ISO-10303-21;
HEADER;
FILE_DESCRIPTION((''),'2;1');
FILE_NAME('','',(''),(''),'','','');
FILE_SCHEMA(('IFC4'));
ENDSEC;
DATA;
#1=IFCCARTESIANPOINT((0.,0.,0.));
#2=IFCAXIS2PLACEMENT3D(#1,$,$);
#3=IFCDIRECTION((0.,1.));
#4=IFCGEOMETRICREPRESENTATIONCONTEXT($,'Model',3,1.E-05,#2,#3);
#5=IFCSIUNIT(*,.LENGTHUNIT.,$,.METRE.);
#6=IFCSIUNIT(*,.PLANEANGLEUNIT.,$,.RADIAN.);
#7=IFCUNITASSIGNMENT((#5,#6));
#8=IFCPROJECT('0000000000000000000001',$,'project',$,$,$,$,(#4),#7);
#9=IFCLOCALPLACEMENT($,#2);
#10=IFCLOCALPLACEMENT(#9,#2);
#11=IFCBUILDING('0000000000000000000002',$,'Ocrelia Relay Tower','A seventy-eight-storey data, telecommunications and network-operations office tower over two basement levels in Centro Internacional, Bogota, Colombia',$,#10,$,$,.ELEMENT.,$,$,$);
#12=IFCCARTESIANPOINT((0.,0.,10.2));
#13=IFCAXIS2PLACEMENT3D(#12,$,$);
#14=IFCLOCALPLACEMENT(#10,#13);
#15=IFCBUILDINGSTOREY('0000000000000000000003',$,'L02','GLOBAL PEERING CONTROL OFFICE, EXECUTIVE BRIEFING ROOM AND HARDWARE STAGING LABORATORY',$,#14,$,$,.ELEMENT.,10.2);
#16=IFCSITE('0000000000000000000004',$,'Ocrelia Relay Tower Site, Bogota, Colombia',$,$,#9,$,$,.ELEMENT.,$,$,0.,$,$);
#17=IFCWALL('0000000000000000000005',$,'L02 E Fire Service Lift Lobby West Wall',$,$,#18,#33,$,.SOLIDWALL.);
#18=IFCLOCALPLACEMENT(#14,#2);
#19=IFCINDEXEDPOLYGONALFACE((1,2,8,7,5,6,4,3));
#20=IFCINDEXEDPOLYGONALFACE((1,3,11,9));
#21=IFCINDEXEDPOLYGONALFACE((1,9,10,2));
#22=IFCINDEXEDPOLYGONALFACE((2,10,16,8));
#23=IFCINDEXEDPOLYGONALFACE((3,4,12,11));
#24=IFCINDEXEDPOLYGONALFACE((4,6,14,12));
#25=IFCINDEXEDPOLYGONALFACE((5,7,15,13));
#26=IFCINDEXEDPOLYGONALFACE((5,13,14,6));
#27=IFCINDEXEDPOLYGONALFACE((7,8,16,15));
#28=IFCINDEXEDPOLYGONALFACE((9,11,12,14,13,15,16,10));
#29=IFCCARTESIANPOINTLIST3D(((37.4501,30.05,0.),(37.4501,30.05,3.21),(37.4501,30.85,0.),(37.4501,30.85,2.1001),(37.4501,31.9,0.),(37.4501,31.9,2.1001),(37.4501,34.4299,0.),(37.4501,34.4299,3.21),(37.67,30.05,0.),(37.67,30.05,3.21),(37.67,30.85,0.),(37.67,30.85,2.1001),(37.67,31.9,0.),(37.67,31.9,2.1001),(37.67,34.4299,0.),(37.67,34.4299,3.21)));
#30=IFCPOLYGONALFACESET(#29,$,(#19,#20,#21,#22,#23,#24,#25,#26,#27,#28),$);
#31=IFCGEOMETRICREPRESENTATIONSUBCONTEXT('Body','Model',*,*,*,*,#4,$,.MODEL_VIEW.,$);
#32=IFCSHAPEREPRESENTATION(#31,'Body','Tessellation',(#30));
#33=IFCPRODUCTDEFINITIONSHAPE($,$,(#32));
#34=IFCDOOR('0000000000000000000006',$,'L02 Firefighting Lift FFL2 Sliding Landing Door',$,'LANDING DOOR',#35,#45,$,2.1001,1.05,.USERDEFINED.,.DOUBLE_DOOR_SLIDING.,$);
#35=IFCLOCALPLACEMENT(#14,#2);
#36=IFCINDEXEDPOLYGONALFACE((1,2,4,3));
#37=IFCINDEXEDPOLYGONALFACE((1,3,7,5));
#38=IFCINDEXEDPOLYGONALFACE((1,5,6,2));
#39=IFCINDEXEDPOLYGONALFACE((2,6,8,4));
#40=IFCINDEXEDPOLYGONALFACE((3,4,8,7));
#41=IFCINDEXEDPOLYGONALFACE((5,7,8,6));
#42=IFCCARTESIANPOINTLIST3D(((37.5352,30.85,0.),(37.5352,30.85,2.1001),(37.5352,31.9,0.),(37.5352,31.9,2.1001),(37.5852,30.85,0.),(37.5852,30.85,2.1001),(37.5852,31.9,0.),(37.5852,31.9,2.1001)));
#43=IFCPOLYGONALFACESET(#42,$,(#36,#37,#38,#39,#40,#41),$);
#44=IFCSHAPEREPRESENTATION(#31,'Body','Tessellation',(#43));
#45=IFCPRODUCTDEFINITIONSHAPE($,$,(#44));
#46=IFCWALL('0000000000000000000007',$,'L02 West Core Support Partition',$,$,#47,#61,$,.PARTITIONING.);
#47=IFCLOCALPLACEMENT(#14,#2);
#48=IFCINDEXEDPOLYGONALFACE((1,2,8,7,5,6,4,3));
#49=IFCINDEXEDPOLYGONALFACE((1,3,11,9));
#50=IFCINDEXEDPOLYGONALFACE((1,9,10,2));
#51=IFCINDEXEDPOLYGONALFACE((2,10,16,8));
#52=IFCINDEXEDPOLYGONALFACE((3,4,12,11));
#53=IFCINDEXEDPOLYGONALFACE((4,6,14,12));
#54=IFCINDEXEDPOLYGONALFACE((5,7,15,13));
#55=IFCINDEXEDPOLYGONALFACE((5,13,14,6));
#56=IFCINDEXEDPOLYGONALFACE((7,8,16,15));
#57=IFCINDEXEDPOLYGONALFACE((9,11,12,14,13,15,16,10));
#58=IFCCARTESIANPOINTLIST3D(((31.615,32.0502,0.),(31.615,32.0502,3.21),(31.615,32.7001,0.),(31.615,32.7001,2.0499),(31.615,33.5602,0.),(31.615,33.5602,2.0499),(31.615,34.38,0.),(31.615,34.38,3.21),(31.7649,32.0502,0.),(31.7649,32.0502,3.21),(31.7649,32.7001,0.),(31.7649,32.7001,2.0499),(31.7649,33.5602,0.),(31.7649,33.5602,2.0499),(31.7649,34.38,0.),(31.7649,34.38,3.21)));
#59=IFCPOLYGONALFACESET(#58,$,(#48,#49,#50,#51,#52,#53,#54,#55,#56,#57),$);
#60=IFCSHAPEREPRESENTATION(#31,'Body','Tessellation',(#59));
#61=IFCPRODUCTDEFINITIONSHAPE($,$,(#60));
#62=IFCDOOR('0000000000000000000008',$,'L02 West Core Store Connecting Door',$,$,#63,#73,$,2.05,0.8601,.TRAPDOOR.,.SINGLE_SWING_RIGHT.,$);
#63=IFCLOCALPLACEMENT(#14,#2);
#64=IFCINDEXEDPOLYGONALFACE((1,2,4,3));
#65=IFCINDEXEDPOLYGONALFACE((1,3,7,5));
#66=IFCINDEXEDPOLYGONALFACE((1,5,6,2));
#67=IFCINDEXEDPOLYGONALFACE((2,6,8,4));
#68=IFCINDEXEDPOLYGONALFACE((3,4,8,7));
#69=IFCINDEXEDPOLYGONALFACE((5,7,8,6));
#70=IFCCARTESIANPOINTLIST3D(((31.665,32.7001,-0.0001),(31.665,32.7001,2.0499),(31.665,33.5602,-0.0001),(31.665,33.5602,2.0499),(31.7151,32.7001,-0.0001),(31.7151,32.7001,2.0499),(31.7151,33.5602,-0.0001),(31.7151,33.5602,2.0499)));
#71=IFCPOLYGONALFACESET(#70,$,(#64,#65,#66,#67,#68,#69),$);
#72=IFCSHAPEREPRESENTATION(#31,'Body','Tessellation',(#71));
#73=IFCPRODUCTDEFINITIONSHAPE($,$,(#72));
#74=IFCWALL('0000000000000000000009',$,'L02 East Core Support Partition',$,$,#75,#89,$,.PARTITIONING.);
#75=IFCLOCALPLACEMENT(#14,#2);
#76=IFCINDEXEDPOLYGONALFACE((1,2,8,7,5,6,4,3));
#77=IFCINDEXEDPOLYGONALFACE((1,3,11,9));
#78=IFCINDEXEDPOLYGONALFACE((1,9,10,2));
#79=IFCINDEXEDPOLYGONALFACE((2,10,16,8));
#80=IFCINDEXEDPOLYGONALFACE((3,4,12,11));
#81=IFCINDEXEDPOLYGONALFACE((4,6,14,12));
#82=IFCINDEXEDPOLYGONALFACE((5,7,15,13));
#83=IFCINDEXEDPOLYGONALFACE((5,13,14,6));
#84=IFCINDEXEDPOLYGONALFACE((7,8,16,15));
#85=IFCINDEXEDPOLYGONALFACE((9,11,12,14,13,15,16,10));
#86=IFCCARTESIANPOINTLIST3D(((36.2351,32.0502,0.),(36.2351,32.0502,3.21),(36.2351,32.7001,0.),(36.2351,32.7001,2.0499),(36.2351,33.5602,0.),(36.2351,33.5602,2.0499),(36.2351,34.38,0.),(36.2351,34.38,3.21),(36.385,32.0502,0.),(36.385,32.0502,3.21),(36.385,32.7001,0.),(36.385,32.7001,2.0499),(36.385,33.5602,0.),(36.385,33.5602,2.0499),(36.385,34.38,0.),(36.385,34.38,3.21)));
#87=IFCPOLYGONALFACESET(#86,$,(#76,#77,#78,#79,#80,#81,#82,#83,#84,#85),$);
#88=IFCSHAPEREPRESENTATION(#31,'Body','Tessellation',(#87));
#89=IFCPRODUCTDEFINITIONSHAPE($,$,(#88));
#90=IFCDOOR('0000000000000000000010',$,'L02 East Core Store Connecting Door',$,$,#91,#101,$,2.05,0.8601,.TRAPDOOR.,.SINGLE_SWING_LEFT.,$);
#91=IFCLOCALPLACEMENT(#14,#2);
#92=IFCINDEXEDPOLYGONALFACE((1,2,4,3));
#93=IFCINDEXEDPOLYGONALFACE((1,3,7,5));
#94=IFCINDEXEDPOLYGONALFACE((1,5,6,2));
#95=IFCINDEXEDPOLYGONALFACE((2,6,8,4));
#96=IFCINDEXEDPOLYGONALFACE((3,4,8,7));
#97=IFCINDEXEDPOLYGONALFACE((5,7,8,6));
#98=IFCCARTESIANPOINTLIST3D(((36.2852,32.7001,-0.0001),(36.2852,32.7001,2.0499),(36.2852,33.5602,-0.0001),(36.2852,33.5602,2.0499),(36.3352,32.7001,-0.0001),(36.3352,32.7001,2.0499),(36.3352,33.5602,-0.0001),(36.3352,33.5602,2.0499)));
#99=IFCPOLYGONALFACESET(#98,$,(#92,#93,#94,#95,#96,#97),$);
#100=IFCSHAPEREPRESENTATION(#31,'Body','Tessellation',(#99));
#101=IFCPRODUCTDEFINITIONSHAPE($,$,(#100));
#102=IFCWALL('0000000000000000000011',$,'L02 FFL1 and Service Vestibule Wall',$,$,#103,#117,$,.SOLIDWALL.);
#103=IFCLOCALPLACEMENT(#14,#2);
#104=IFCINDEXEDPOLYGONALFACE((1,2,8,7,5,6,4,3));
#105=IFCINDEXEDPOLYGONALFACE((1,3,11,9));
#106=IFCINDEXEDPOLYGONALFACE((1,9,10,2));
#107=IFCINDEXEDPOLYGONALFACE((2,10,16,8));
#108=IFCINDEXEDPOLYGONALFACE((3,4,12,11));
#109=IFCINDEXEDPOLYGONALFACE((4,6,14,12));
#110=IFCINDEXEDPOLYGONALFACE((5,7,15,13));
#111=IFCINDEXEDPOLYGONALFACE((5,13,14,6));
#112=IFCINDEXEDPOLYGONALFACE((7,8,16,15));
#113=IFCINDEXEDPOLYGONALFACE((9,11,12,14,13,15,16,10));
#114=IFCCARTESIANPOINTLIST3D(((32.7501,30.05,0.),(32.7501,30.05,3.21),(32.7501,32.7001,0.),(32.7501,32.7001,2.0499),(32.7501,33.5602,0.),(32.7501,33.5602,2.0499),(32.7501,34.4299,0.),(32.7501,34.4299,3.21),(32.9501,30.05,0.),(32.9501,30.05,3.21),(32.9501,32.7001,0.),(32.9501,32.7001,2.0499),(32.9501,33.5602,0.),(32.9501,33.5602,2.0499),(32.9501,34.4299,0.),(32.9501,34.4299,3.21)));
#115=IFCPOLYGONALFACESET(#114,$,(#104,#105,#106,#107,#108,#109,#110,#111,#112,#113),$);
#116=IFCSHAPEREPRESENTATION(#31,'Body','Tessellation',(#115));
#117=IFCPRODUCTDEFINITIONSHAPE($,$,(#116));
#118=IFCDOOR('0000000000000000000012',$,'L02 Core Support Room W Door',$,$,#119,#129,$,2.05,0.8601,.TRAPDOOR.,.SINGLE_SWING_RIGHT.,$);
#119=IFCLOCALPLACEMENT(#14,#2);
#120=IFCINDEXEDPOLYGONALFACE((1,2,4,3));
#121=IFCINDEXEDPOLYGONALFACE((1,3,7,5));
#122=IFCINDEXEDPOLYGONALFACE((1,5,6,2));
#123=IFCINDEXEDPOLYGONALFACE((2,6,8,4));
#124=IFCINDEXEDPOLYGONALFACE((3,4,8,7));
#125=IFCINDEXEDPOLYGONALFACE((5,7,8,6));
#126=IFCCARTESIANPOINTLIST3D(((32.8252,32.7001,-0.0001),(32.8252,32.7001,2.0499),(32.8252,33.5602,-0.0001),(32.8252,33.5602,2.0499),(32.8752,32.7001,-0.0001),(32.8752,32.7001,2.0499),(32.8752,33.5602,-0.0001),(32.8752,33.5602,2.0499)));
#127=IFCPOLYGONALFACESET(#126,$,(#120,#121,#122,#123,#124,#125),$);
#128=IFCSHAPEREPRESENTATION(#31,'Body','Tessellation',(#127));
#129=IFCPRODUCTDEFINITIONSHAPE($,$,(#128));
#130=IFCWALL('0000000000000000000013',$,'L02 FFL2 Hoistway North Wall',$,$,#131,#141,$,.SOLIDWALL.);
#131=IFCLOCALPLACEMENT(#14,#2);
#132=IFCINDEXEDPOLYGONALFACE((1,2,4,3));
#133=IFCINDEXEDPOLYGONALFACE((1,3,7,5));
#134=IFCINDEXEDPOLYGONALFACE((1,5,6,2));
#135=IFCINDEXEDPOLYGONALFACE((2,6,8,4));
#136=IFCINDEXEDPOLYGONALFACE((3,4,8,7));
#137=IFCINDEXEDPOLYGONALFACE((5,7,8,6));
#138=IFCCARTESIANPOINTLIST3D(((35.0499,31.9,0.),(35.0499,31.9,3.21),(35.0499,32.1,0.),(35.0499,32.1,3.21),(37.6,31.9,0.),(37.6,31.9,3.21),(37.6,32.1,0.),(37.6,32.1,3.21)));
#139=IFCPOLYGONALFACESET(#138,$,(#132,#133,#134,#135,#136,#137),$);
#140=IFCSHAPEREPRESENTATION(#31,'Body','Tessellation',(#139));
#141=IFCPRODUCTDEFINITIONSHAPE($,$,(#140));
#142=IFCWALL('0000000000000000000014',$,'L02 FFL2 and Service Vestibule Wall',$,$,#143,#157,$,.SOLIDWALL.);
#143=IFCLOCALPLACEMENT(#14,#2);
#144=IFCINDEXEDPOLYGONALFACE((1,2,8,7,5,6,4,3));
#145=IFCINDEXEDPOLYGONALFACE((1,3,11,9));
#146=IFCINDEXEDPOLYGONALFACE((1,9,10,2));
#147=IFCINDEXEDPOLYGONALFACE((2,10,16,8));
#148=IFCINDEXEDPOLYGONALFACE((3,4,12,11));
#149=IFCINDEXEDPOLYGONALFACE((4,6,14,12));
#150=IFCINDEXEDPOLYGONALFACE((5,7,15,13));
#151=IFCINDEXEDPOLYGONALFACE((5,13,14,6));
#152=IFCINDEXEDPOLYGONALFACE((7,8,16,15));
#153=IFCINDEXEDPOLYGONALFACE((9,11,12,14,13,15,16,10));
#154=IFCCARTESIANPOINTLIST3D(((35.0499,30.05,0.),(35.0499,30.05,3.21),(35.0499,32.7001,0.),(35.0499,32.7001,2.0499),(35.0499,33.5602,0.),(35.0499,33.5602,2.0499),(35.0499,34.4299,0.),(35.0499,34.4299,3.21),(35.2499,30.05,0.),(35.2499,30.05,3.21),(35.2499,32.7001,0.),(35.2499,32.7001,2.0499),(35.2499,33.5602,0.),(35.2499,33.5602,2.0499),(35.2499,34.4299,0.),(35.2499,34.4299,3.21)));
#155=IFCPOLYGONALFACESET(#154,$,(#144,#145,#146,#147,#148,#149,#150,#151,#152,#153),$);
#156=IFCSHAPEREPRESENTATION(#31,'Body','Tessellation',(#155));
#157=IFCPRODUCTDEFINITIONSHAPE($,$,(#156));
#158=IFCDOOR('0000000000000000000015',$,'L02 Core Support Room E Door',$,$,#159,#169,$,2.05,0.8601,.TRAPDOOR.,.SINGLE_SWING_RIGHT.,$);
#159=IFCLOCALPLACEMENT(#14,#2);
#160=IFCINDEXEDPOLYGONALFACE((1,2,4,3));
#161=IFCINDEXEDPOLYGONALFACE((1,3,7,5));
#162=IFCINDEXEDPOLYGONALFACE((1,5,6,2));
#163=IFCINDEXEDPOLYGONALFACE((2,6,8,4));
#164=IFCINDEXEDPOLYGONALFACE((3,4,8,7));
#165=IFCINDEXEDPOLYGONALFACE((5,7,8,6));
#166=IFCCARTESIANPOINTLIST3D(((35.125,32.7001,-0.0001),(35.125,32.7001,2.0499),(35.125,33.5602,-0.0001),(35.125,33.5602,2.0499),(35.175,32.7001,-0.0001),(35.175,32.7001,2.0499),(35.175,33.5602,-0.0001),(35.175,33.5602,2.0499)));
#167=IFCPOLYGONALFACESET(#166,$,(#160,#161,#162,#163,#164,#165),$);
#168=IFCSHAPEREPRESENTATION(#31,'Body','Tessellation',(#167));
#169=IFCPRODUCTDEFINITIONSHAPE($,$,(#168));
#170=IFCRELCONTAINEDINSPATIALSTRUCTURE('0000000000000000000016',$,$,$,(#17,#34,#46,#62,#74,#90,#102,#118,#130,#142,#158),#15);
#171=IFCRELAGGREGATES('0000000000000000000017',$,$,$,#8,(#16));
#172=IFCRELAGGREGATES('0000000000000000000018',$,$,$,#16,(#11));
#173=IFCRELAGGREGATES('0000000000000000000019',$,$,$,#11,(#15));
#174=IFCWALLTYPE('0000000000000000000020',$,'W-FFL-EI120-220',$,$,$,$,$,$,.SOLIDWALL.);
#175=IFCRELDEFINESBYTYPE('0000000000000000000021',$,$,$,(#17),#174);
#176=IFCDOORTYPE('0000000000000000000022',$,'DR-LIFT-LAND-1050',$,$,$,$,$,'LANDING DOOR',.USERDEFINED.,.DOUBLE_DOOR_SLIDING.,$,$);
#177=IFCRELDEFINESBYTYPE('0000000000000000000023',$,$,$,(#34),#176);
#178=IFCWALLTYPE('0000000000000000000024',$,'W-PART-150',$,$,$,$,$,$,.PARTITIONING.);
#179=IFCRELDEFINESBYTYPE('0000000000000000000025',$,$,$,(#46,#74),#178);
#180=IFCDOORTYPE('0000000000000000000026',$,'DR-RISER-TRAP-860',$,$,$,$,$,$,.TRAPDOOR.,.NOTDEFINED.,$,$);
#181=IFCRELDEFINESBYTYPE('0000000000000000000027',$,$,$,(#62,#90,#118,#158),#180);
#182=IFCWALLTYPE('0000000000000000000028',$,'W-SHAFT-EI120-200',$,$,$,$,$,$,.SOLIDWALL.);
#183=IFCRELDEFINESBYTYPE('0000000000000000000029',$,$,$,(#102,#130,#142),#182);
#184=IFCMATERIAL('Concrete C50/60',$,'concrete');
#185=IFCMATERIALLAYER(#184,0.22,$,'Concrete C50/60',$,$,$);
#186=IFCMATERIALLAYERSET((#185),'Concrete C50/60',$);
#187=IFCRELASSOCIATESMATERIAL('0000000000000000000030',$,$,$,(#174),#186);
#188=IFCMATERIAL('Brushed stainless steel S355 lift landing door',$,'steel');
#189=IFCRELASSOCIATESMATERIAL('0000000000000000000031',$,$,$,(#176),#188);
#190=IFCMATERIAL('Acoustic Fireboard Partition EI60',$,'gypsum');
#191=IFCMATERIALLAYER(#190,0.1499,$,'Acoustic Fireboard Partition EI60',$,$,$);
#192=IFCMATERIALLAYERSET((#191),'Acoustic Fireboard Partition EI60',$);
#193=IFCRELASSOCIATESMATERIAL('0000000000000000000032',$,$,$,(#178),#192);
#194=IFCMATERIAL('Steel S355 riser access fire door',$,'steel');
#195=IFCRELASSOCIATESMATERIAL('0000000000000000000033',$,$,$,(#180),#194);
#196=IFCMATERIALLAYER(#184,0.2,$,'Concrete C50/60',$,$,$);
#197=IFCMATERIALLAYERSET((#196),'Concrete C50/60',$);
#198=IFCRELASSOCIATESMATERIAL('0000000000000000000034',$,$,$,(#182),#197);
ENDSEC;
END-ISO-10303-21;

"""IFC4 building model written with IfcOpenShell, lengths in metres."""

from ifc_helpers import new_model, si_unit, direction, frame, frame_2d, origin, place, context, subcontext, project, spatial, rectangle, extrude, material, layer, layer_set, type_object, element, fill, save


model = new_model("IFC4")

# Units and contexts
model_context = context("Model", 3, precision=1e-05, world=origin(), true_north=direction((0.0, 1.0)))
body_context = subcontext(model_context, "Body", "Model", "MODEL_VIEW")
ifc_project = project(units=[si_unit("LENGTHUNIT", "METRE"), si_unit("PLANEANGLEUNIT", "RADIAN")], contexts=[model_context])

# Site, building, storey
site_placement = place(None, origin())
site = spatial("IfcSite", under=ifc_project, at=site_placement, Name="Ocrelia Relay Tower Site, Bogota, Colombia", CompositionType="ELEMENT", RefElevation=0.0)
building_placement = place(site_placement, origin())
building = spatial("IfcBuilding", under=site, at=building_placement, Name="Ocrelia Relay Tower", Description="A seventy-eight-storey data, telecommunications and network-operations office tower over two basement levels in Centro Internacional, Bogota, Colombia", CompositionType="ELEMENT")
storey_placement = place(building_placement, frame((0.0, 0.0, 10.2)))
storey = spatial("IfcBuildingStorey", under=building, at=storey_placement, Name="L02", Description="GLOBAL PEERING CONTROL OFFICE, EXECUTIVE BRIEFING ROOM AND HARDWARE STAGING LABORATORY", CompositionType="ELEMENT", Elevation=10.2)

# Walls, openings, doors
ifc_material_1 = material(Name="Concrete C50/60", Category="concrete")
ifc_layer_1 = layer(ifc_material_1, 0.22, Name="Concrete C50/60")
ifc_layer_set_1 = layer_set([ifc_layer_1], Name="Concrete C50/60")
wall_type_1 = type_object("IfcWallType", Name="W-FFL-EI120-220", PredefinedType="SOLIDWALL", material=ifc_layer_set_1)
wall_1_placement = place(storey_placement, frame((37.5601, 30.05, 0.0), z_axis=(0.0, 0.0, 1.0), x_axis=(0.0, 1.0, 0.0)))
wall_1 = element("IfcWall", 1, at=wall_1_placement, inside=storey, type_object=wall_type_1, Name="L02 E Fire Service Lift Lobby West Wall", PredefinedType="SOLIDWALL", context=body_context, shape_type="SweptSolid", body=[
    extrude(rectangle(XDim=4.3799, YDim=0.22, at=frame_2d((2.1899, 0.0))), origin(), (0.0, 0.0, 1.0), 3.21),
])
opening_1_placement = place(wall_1_placement, frame((0.8, 0.0, 0.0)))
opening_1 = element("IfcOpeningElement", 2, at=opening_1_placement, cuts=wall_1, PredefinedType="OPENING", context=body_context, shape_type="SweptSolid", body=[
    extrude(rectangle(XDim=1.05, YDim=2.1001, at=frame_2d((0.5249, 1.05))), frame((0.0, 0.1201, 0.0), z_axis=(0.0, -1.0, 0.0), x_axis=(1.0, 0.0, 0.0)), (0.0, 0.0, 1.0), 0.24),
])
ifc_material_2 = material(Name="Brushed stainless steel S355 lift landing door", Category="steel")
door_type_1 = type_object("IfcDoorType", Name="DR-LIFT-LAND-1050", ElementType="LANDING DOOR", OperationType="DOUBLE_DOOR_SLIDING", PredefinedType="USERDEFINED", material=ifc_material_2)
door_1_placement = place(opening_1_placement, origin())
door_1 = element("IfcDoor", 3, at=door_1_placement, inside=storey, type_object=door_type_1, Name="L02 Firefighting Lift FFL2 Sliding Landing Door", ObjectType="LANDING DOOR", OperationType="DOUBLE_DOOR_SLIDING", OverallHeight=2.1001, OverallWidth=1.05, PredefinedType="USERDEFINED", context=body_context, shape_type="SweptSolid", body=[
    extrude(rectangle(XDim=1.05, YDim=2.1001, at=frame_2d((0.5249, 1.05))), frame((0.0, 0.0249, 0.0), z_axis=(0.0, -1.0, 0.0), x_axis=(1.0, 0.0, 0.0)), (0.0, 0.0, 1.0), 0.05),
])
fill(opening_1, door_1)
ifc_material_3 = material(Name="Acoustic Fireboard Partition EI60", Category="gypsum")
ifc_layer_2 = layer(ifc_material_3, 0.1499, Name="Acoustic Fireboard Partition EI60")
ifc_layer_set_2 = layer_set([ifc_layer_2], Name="Acoustic Fireboard Partition EI60")
wall_type_2 = type_object("IfcWallType", Name="W-PART-150", PredefinedType="PARTITIONING", material=ifc_layer_set_2)
wall_2_placement = place(storey_placement, frame((31.6899, 32.05, 0.0), z_axis=(0.0, 0.0, 1.0), x_axis=(0.0, 1.0, 0.0)))
wall_2 = element("IfcWall", 4, at=wall_2_placement, inside=storey, type_object=wall_type_2, Name="L02 West Core Support Partition", PredefinedType="PARTITIONING", context=body_context, shape_type="SweptSolid", body=[
    extrude(rectangle(XDim=2.3298, YDim=0.1499, at=frame_2d((1.165, 0.0))), origin(), (0.0, 0.0, 1.0), 3.21),
])
opening_2_placement = place(wall_2_placement, frame((0.6499, 0.0, 0.0)))
opening_2 = element("IfcOpeningElement", 5, at=opening_2_placement, cuts=wall_2, PredefinedType="OPENING", context=body_context, shape_type="SweptSolid", body=[
    extrude(rectangle(XDim=0.8601, YDim=2.05, at=frame_2d((0.4302, 1.0249))), frame((0.0, 0.085, 0.0), z_axis=(0.0, -1.0, 0.0), x_axis=(1.0, 0.0, 0.0)), (0.0, 0.0, 1.0), 0.1699),
])
ifc_material_4 = material(Name="Steel S355 riser access fire door", Category="steel")
door_type_2 = type_object("IfcDoorType", Name="DR-RISER-TRAP-860", OperationType="NOTDEFINED", PredefinedType="TRAPDOOR", material=ifc_material_4)
door_2_placement = place(opening_2_placement, origin())
door_2 = element("IfcDoor", 6, at=door_2_placement, inside=storey, type_object=door_type_2, Name="L02 West Core Store Connecting Door", OperationType="SINGLE_SWING_RIGHT", OverallHeight=2.05, OverallWidth=0.8601, PredefinedType="TRAPDOOR", context=body_context, shape_type="SweptSolid", body=[
    extrude(rectangle(XDim=0.8601, YDim=2.05, at=frame_2d((0.4302, 1.0249))), frame((0.0, 0.0249, 0.0), z_axis=(0.0, -1.0, 0.0), x_axis=(1.0, 0.0, 0.0)), (0.0, 0.0, 1.0), 0.05),
])
fill(opening_2, door_2)
wall_3_placement = place(storey_placement, frame((36.3101, 32.05, 0.0), z_axis=(0.0, 0.0, 1.0), x_axis=(0.0, 1.0, 0.0)))
wall_3 = element("IfcWall", 7, at=wall_3_placement, inside=storey, type_object=wall_type_2, Name="L02 East Core Support Partition", PredefinedType="PARTITIONING", context=body_context, shape_type="SweptSolid", body=[
    extrude(rectangle(XDim=2.3298, YDim=0.1499, at=frame_2d((1.165, 0.0))), origin(), (0.0, 0.0, 1.0), 3.21),
])
opening_3_placement = place(wall_3_placement, frame((0.6499, 0.0, 0.0)))
opening_3 = element("IfcOpeningElement", 8, at=opening_3_placement, cuts=wall_3, PredefinedType="OPENING", context=body_context, shape_type="SweptSolid", body=[
    extrude(rectangle(XDim=0.8601, YDim=2.05, at=frame_2d((0.4302, 1.0249))), frame((0.0, 0.085, 0.0), z_axis=(0.0, -1.0, 0.0), x_axis=(1.0, 0.0, 0.0)), (0.0, 0.0, 1.0), 0.1699),
])
door_3_placement = place(opening_3_placement, origin())
door_3 = element("IfcDoor", 9, at=door_3_placement, inside=storey, type_object=door_type_2, Name="L02 East Core Store Connecting Door", OperationType="SINGLE_SWING_LEFT", OverallHeight=2.05, OverallWidth=0.8601, PredefinedType="TRAPDOOR", context=body_context, shape_type="SweptSolid", body=[
    extrude(rectangle(XDim=0.8601, YDim=2.05, at=frame_2d((0.4302, 1.0249))), frame((0.0, 0.0249, 0.0), z_axis=(0.0, -1.0, 0.0), x_axis=(1.0, 0.0, 0.0)), (0.0, 0.0, 1.0), 0.05),
])
fill(opening_3, door_3)
ifc_layer_3 = layer(ifc_material_1, 0.2, Name="Concrete C50/60")
ifc_layer_set_3 = layer_set([ifc_layer_3], Name="Concrete C50/60")
wall_type_3 = type_object("IfcWallType", Name="W-SHAFT-EI120-200", PredefinedType="SOLIDWALL", material=ifc_layer_set_3)
wall_4_placement = place(storey_placement, frame((32.8501, 30.05, 0.0), z_axis=(0.0, 0.0, 1.0), x_axis=(0.0, 1.0, 0.0)))
wall_4 = element("IfcWall", 10, at=wall_4_placement, inside=storey, type_object=wall_type_3, Name="L02 FFL1 and Service Vestibule Wall", PredefinedType="SOLIDWALL", context=body_context, shape_type="SweptSolid", body=[
    extrude(rectangle(XDim=4.3799, YDim=0.2, at=frame_2d((2.1899, 0.0))), origin(), (0.0, 0.0, 1.0), 3.21),
])
opening_4_placement = place(wall_4_placement, frame((2.6499, 0.0, 0.0)))
opening_4 = element("IfcOpeningElement", 11, at=opening_4_placement, cuts=wall_4, PredefinedType="OPENING", context=body_context, shape_type="SweptSolid", body=[
    extrude(rectangle(XDim=0.8601, YDim=2.05, at=frame_2d((0.4302, 1.0249))), frame((0.0, 0.1099, 0.0), z_axis=(0.0, -1.0, 0.0), x_axis=(1.0, 0.0, 0.0)), (0.0, 0.0, 1.0), 0.22),
])
door_4_placement = place(opening_4_placement, origin())
door_4 = element("IfcDoor", 12, at=door_4_placement, inside=storey, type_object=door_type_2, Name="L02 Core Support Room W Door", OperationType="SINGLE_SWING_RIGHT", OverallHeight=2.05, OverallWidth=0.8601, PredefinedType="TRAPDOOR", context=body_context, shape_type="SweptSolid", body=[
    extrude(rectangle(XDim=0.8601, YDim=2.05, at=frame_2d((0.4302, 1.0249))), frame((0.0, 0.0249, 0.0), z_axis=(0.0, -1.0, 0.0), x_axis=(1.0, 0.0, 0.0)), (0.0, 0.0, 1.0), 0.05),
])
fill(opening_4, door_4)

# Wall
wall_5_placement = place(storey_placement, frame((35.05, 32.0, 0.0), z_axis=(0.0, 0.0, 1.0), x_axis=(1.0, 0.0, 0.0)))
element("IfcWall", 13, at=wall_5_placement, inside=storey, type_object=wall_type_3, Name="L02 FFL2 Hoistway North Wall", PredefinedType="SOLIDWALL", context=body_context, shape_type="SweptSolid", body=[
    extrude(rectangle(XDim=2.55, YDim=0.2, at=frame_2d((1.2749, 0.0))), origin(), (0.0, 0.0, 1.0), 3.21),
])

# Wall, opening, door
wall_6_placement = place(storey_placement, frame((35.1499, 30.05, 0.0), z_axis=(0.0, 0.0, 1.0), x_axis=(0.0, 1.0, 0.0)))
wall_6 = element("IfcWall", 14, at=wall_6_placement, inside=storey, type_object=wall_type_3, Name="L02 FFL2 and Service Vestibule Wall", PredefinedType="SOLIDWALL", context=body_context, shape_type="SweptSolid", body=[
    extrude(rectangle(XDim=4.3799, YDim=0.2, at=frame_2d((2.1899, 0.0))), origin(), (0.0, 0.0, 1.0), 3.21),
])
opening_5_placement = place(wall_6_placement, frame((2.6499, 0.0, 0.0)))
opening_5 = element("IfcOpeningElement", 15, at=opening_5_placement, cuts=wall_6, PredefinedType="OPENING", context=body_context, shape_type="SweptSolid", body=[
    extrude(rectangle(XDim=0.8601, YDim=2.05, at=frame_2d((0.4302, 1.0249))), frame((0.0, 0.1099, 0.0), z_axis=(0.0, -1.0, 0.0), x_axis=(1.0, 0.0, 0.0)), (0.0, 0.0, 1.0), 0.22),
])
door_5_placement = place(opening_5_placement, origin())
door_5 = element("IfcDoor", 16, at=door_5_placement, inside=storey, type_object=door_type_2, Name="L02 Core Support Room E Door", OperationType="SINGLE_SWING_RIGHT", OverallHeight=2.05, OverallWidth=0.8601, PredefinedType="TRAPDOOR", context=body_context, shape_type="SweptSolid", body=[
    extrude(rectangle(XDim=0.8601, YDim=2.05, at=frame_2d((0.4302, 1.0249))), frame((0.0, 0.0249, 0.0), z_axis=(0.0, -1.0, 0.0), x_axis=(1.0, 0.0, 0.0)), (0.0, 0.0, 1.0), 0.05),
])
fill(opening_5, door_5)

save(model, "model.ifc")
